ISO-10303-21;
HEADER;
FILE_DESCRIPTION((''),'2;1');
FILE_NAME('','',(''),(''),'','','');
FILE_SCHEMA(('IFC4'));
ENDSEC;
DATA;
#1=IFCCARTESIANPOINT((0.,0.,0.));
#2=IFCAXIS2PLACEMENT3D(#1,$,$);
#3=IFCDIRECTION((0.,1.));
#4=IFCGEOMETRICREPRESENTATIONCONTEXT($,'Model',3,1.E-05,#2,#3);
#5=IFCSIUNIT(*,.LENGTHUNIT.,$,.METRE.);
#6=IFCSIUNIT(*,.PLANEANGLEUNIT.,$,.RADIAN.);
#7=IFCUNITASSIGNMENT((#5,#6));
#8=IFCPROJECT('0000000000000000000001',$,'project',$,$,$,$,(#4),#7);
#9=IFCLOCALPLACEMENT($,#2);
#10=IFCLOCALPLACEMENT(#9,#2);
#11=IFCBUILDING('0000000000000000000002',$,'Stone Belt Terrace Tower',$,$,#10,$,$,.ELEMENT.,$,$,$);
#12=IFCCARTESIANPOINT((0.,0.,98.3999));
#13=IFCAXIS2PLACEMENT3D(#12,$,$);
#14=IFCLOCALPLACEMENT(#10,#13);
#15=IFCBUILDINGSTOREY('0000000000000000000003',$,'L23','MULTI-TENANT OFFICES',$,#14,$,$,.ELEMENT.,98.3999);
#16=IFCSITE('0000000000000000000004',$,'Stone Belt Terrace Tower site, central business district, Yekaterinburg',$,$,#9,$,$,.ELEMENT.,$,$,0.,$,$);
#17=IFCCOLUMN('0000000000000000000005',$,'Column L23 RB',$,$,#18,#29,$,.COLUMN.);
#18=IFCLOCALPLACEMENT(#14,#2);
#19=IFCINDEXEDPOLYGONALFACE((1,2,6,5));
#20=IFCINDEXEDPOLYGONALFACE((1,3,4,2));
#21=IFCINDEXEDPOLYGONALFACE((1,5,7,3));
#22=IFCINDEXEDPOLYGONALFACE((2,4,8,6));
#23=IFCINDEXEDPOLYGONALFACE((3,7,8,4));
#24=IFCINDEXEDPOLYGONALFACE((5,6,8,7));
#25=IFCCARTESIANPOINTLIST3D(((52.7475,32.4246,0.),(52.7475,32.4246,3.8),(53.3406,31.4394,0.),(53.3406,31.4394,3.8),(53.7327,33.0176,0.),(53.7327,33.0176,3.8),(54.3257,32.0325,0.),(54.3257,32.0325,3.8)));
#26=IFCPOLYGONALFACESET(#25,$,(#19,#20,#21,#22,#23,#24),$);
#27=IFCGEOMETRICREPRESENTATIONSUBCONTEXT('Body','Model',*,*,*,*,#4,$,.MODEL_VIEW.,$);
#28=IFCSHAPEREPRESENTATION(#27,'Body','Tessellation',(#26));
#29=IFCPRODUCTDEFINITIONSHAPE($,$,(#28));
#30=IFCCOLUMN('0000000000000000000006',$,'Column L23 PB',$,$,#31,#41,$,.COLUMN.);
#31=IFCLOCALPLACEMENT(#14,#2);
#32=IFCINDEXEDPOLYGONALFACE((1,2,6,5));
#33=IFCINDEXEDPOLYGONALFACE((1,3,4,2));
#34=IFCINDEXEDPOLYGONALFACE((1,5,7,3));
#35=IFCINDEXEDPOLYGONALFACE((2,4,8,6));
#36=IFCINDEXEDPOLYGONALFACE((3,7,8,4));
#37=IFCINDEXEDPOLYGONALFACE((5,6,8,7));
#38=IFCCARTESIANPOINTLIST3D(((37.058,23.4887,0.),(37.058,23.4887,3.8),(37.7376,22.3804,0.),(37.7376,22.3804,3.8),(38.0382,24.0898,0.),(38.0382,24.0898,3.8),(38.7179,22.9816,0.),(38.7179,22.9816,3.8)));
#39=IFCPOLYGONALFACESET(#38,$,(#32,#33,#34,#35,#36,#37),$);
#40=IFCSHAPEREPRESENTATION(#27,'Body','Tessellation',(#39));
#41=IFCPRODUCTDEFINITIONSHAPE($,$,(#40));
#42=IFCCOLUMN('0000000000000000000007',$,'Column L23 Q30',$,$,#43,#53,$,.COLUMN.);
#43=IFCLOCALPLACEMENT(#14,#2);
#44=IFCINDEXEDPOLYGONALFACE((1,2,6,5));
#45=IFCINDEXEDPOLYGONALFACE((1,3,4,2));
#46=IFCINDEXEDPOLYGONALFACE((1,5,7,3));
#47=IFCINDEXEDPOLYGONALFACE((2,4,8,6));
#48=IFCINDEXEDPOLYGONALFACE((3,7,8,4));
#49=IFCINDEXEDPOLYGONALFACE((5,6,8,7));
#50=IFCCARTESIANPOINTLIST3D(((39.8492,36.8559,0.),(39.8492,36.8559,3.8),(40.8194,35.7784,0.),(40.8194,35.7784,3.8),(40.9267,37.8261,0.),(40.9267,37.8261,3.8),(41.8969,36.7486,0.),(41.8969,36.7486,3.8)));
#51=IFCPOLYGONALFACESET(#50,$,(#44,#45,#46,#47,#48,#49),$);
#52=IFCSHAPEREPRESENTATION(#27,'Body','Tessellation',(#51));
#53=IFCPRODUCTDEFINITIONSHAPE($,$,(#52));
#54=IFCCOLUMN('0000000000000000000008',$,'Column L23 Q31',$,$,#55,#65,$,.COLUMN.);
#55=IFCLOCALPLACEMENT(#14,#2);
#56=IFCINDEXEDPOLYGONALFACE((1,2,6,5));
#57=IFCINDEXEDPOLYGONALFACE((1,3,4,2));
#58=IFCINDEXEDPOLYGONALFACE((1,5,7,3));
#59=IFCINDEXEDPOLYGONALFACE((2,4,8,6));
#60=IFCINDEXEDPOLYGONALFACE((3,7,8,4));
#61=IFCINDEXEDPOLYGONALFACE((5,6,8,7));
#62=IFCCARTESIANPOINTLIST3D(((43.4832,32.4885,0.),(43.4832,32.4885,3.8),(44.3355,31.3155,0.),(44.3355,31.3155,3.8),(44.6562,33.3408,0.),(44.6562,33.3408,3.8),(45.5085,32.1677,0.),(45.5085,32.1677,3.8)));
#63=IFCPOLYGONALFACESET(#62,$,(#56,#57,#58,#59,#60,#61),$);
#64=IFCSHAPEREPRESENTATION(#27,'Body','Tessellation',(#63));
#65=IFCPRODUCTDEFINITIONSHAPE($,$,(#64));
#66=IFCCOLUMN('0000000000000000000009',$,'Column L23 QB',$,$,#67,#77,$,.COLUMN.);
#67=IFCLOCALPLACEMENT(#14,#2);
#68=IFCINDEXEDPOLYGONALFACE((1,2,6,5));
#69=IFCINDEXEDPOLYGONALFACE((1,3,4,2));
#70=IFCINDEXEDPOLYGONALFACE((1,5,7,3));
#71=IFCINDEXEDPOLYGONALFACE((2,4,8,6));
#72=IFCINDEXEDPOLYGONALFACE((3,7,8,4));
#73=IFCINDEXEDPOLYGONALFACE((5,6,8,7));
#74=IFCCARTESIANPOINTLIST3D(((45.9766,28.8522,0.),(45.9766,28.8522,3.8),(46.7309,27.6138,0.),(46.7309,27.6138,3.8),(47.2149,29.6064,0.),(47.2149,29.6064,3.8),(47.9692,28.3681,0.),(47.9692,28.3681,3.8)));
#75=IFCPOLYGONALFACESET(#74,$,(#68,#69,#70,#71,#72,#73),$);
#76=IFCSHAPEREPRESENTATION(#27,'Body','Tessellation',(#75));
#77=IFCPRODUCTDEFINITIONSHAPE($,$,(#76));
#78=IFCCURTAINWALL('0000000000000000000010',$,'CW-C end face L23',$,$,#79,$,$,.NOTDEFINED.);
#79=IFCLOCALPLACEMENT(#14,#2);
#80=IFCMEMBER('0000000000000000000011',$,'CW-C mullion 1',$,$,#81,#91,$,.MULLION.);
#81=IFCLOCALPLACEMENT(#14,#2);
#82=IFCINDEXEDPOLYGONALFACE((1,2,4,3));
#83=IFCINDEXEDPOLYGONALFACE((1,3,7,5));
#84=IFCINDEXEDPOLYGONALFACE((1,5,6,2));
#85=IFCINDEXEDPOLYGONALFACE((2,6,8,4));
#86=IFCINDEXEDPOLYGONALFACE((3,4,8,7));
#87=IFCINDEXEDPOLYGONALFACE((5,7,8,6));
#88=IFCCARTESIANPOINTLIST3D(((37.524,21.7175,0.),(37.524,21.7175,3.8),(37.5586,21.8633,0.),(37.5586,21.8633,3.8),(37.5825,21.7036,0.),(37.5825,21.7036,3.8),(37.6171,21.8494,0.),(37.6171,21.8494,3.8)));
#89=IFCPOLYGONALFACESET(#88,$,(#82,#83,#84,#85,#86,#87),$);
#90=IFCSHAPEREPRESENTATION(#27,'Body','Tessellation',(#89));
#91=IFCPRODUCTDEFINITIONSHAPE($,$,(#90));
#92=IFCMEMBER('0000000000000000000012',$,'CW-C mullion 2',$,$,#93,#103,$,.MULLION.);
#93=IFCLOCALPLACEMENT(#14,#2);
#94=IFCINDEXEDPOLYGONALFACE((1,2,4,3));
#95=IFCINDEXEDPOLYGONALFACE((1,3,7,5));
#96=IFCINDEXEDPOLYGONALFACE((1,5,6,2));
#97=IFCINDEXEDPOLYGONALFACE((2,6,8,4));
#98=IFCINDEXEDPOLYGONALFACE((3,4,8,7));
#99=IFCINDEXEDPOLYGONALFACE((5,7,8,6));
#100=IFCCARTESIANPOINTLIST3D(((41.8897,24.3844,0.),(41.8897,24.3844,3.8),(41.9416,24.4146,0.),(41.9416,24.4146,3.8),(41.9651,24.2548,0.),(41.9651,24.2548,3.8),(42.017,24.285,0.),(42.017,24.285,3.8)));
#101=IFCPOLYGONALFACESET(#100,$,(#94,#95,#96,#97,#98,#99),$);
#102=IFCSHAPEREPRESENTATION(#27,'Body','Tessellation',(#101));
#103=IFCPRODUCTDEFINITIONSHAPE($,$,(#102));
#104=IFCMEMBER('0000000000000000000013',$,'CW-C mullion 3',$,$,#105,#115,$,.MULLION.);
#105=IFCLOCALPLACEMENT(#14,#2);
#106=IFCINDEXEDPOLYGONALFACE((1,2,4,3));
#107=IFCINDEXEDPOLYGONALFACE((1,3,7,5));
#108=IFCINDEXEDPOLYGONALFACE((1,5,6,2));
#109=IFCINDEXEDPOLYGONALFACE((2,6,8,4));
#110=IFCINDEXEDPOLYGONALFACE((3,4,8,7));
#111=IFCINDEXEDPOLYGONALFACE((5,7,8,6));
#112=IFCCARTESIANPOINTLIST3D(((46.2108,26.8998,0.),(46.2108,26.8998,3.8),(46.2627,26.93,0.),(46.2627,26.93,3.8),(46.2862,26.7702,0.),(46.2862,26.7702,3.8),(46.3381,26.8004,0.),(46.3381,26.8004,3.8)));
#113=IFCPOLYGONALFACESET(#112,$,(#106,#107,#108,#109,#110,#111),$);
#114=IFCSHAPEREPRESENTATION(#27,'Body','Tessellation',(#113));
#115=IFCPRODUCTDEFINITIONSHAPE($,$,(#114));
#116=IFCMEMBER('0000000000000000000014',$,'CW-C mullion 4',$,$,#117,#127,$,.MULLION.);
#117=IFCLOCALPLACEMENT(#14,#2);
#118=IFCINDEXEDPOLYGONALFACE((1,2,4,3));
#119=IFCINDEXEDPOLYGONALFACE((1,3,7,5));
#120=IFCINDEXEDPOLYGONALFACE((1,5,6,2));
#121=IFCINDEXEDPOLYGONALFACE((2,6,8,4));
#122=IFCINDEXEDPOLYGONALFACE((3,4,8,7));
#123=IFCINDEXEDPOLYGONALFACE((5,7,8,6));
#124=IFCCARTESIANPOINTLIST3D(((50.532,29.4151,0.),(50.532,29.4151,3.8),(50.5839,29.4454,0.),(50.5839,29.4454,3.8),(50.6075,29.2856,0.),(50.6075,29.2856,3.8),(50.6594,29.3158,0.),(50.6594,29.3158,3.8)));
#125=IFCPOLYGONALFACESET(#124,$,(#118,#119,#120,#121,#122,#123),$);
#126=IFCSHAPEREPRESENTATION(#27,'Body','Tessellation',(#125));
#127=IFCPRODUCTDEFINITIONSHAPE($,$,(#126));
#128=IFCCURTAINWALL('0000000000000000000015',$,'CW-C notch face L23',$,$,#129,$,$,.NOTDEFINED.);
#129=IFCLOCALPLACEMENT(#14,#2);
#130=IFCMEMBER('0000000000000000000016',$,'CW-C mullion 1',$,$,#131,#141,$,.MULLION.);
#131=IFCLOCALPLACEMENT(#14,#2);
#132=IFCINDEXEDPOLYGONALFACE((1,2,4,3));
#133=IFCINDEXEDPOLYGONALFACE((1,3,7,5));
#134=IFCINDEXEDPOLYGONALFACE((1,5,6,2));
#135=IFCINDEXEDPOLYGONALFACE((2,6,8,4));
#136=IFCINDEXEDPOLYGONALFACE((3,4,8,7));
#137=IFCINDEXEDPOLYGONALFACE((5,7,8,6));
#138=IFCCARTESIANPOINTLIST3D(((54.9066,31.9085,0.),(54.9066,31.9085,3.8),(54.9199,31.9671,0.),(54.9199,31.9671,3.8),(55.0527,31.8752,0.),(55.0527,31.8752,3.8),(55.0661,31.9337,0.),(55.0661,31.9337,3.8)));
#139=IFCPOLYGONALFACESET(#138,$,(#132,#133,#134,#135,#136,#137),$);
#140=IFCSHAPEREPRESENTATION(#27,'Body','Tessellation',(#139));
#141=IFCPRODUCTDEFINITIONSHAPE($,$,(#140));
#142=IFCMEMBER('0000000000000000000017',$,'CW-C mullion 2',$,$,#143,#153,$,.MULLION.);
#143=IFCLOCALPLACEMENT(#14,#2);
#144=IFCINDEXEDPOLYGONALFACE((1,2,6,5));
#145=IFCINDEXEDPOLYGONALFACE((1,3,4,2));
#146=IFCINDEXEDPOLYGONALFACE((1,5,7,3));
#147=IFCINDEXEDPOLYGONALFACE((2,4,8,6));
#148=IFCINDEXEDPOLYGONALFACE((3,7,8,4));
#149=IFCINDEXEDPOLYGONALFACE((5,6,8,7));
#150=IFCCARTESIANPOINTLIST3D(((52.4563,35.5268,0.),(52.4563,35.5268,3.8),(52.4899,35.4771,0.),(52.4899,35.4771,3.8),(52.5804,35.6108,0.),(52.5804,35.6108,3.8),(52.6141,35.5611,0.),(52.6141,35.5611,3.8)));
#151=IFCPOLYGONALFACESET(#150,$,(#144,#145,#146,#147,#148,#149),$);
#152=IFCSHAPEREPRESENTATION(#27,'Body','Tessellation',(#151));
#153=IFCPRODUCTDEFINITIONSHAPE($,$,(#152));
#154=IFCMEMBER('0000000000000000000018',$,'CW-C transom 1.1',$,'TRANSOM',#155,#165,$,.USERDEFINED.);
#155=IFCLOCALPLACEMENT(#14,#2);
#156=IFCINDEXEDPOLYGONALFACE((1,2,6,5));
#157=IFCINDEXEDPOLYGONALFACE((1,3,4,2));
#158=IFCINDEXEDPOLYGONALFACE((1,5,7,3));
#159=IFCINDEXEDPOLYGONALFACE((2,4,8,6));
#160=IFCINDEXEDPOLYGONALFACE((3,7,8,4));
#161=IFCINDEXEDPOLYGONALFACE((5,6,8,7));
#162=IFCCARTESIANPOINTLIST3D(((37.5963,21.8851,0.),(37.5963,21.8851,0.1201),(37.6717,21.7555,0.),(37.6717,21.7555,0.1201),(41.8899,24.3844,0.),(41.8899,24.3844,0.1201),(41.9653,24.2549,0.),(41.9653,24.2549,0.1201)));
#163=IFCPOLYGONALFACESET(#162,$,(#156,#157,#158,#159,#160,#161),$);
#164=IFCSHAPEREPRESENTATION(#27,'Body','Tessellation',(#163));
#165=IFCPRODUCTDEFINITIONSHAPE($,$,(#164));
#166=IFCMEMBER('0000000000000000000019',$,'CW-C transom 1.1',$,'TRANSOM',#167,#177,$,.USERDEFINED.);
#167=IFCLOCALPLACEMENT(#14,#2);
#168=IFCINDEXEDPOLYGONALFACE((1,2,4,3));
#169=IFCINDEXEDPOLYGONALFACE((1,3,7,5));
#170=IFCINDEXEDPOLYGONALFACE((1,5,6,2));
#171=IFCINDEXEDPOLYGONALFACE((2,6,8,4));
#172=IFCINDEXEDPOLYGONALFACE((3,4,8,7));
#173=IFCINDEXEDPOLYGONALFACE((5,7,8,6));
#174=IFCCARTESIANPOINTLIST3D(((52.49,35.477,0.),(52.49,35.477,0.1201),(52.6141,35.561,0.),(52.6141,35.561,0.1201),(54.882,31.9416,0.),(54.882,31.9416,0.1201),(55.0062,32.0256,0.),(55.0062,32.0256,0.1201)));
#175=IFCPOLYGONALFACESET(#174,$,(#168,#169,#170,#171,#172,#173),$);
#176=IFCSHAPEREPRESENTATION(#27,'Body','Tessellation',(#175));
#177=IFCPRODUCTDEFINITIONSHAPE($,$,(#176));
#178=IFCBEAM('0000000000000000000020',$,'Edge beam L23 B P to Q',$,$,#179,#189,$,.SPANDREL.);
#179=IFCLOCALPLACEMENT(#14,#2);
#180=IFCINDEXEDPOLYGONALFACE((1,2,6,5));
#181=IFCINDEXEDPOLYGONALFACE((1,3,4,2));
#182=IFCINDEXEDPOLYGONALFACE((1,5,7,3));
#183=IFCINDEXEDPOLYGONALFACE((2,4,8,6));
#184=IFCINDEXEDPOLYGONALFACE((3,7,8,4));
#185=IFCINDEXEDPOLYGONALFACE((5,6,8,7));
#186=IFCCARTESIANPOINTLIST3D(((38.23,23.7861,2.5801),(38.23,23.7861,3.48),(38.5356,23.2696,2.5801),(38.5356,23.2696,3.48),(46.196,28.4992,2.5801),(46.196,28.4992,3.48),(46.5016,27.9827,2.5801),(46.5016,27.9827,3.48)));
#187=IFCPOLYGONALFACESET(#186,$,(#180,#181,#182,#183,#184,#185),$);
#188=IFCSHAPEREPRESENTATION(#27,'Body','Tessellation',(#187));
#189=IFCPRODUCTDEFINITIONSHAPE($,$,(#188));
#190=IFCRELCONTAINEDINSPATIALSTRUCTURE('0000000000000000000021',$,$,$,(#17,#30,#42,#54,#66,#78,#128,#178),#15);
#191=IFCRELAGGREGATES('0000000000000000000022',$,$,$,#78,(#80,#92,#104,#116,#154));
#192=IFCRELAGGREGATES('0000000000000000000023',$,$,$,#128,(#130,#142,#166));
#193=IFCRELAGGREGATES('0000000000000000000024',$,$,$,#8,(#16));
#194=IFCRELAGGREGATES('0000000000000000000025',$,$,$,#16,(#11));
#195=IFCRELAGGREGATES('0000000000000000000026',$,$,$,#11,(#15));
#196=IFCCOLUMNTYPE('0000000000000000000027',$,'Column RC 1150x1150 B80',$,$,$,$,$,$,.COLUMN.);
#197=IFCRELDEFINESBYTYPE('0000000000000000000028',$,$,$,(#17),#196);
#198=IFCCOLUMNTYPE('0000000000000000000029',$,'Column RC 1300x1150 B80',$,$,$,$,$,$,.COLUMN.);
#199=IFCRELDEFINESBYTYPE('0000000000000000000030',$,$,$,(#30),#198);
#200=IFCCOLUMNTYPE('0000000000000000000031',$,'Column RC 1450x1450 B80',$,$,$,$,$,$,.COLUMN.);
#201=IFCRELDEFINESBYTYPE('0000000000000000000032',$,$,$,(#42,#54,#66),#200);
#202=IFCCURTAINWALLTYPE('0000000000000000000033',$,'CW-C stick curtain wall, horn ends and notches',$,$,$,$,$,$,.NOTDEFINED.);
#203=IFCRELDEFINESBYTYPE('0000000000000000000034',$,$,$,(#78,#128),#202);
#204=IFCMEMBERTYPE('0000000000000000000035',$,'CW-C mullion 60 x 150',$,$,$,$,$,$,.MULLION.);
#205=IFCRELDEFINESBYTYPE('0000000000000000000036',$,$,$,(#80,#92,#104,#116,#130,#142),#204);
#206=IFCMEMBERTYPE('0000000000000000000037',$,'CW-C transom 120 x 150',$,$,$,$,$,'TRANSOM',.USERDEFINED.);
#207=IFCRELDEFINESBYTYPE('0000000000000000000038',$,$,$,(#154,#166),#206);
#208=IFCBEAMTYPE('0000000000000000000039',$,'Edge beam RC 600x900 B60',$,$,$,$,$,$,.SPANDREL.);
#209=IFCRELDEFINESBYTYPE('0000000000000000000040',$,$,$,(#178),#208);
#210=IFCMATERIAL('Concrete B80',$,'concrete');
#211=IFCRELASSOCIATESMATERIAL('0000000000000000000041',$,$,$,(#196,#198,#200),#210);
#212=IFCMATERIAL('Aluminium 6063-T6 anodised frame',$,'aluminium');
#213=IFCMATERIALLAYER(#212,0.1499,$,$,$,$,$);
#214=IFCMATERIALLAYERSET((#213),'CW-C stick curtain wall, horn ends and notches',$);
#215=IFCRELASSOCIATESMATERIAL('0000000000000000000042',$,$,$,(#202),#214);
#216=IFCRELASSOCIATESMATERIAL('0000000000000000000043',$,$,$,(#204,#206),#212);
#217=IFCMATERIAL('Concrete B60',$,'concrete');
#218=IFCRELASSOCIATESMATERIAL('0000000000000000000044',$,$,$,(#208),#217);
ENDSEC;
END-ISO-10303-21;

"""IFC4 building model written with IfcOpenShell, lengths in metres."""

from ifc_helpers import new_model, si_unit, direction, frame, origin, origin_2d, place, context, subcontext, project, spatial, rectangle, extrude, material, layer, layer_set, material_profile, profile_set, type_object, element, aggregate, save


model = new_model("IFC4")

# Units and contexts
model_context = context("Model", 3, precision=1e-05, world=origin(), true_north=direction((0.0, 1.0)))
body_context = subcontext(model_context, "Body", "Model", "MODEL_VIEW")
ifc_project = project(units=[si_unit("LENGTHUNIT", "METRE"), si_unit("PLANEANGLEUNIT", "RADIAN")], contexts=[model_context])

# Site, building, storey
site_placement = place(None, origin())
site = spatial("IfcSite", under=ifc_project, at=site_placement, Name="Stone Belt Terrace Tower site, central business district, Yekaterinburg", CompositionType="ELEMENT", RefElevation=0.0)
building_placement = place(site_placement, origin())
building = spatial("IfcBuilding", under=site, at=building_placement, Name="Stone Belt Terrace Tower", CompositionType="ELEMENT")
storey_placement = place(building_placement, frame((0.0, 0.0, 98.3999)))
storey = spatial("IfcBuildingStorey", under=building, at=storey_placement, Name="L23", Description="MULTI-TENANT OFFICES", CompositionType="ELEMENT", Elevation=98.3999)

# Columns
ifc_material_1 = material(Name="Concrete B80", Category="concrete")
ifc_material_profile_1 = material_profile(ifc_material_1, rectangle(XDim=1.1499, YDim=1.1499, at=origin_2d()), Name="RC 1150x1150")
ifc_profile_set_1 = profile_set([ifc_material_profile_1], Name="Concrete B80")
column_type_1 = type_object("IfcColumnType", Name="Column RC 1150x1150 B80", PredefinedType="COLUMN", material=ifc_profile_set_1)
column_1_placement = place(storey_placement, frame((53.5366, 32.2285, 0.0), z_axis=(0.0, 0.0, 1.0), x_axis=(0.51575, -0.856739, 0.0)))
element("IfcColumn", 1, at=column_1_placement, inside=storey, type_object=column_type_1, Name="Column L23 RB", PredefinedType="COLUMN", context=body_context, shape_type="SweptSolid", body=[
    extrude(rectangle(XDim=1.1499, YDim=1.1499, at=origin_2d()), origin(), (0.0, 0.0, 1.0), 3.8),
])
ifc_material_profile_2 = material_profile(ifc_material_1, rectangle(XDim=1.3, YDim=1.1499, at=origin_2d()), Name="RC 1300x1150")
ifc_profile_set_2 = profile_set([ifc_material_profile_2], Name="Concrete B80")
column_type_2 = type_object("IfcColumnType", Name="Column RC 1300x1150 B80", PredefinedType="COLUMN", material=ifc_profile_set_2)
column_2_placement = place(storey_placement, frame((37.8879, 23.2351, 0.0), z_axis=(0.0, 0.0, 1.0), x_axis=(0.522781, -0.852467, 0.0)))
element("IfcColumn", 2, at=column_2_placement, inside=storey, type_object=column_type_2, Name="Column L23 PB", PredefinedType="COLUMN", context=body_context, shape_type="SweptSolid", body=[
    extrude(rectangle(XDim=1.3, YDim=1.1499, at=origin_2d()), origin(), (0.0, 0.0, 1.0), 3.8),
])
ifc_material_profile_3 = material_profile(ifc_material_1, rectangle(XDim=1.45, YDim=1.45, at=origin_2d()), Name="RC 1450x1450")
ifc_profile_set_3 = profile_set([ifc_material_profile_3], Name="Concrete B80")
column_type_3 = type_object("IfcColumnType", Name="Column RC 1450x1450 B80", PredefinedType="COLUMN", material=ifc_profile_set_3)
for number, where, z_axis, x_axis, name in (
    (3, (40.873, 36.8022, 0.0), (0.0, 0.0, 1.0), (0.669131, -0.743145, 0.0), "Column L23 Q30"),
    (4, (44.4958, 32.3281, 0.0), (0.0, 0.0, 1.0), (0.587785, -0.809017, 0.0), "Column L23 Q31"),
    (5, (46.9729, 28.6101, 0.0), (0.0, 0.0, 1.0), (0.520186, -0.854053, 0.0), "Column L23 QB"),
):
    element("IfcColumn", number, at=place(storey_placement, frame(where, z_axis=z_axis, x_axis=x_axis)), inside=storey, type_object=column_type_3, Name=name, PredefinedType="COLUMN", context=body_context, shape_type="SweptSolid", body=[
        extrude(rectangle(XDim=1.45, YDim=1.45, at=origin_2d()), origin(), (0.0, 0.0, 1.0), 3.8),
    ])

# Curtain walls, members
ifc_material_2 = material(Name="Aluminium 6063-T6 anodised frame", Category="aluminium")
ifc_layer_1 = layer(ifc_material_2, 0.1499)
ifc_layer_set_1 = layer_set([ifc_layer_1], Name="CW-C stick curtain wall, horn ends and notches")
curtain_wall_type_1 = type_object("IfcCurtainWallType", Name="CW-C stick curtain wall, horn ends and notches", PredefinedType="NOTDEFINED", material=ifc_layer_set_1)
curtain_wall_1_placement = place(storey_placement, origin())
curtain_wall_1 = element("IfcCurtainWall", 6, at=curtain_wall_1_placement, inside=storey, type_object=curtain_wall_type_1, Name="CW-C end face L23", PredefinedType="NOTDEFINED")
ifc_material_profile_4 = material_profile(ifc_material_2, rectangle(XDim=0.1499, YDim=0.0601, at=origin_2d()), Name="Aluminium 6063-T6 60x150")
ifc_profile_set_4 = profile_set([ifc_material_profile_4], Name="Aluminium 6063-T6 anodised frame")
member_type_1 = type_object("IfcMemberType", Name="CW-C mullion 60 x 150", PredefinedType="MULLION", material=ifc_profile_set_4)
member_1_placement = place(storey_placement, frame((37.5706, 21.7834, 0.0), z_axis=(0.0, 0.0, 1.0), x_axis=(0.230847, 0.97299, 0.0)))
member_1 = element("IfcMember", 7, at=member_1_placement, type_object=member_type_1, Name="CW-C mullion 1", PredefinedType="MULLION", context=body_context, shape_type="SweptSolid", body=[
    extrude(rectangle(XDim=0.1499, YDim=0.0601, at=origin_2d()), origin(), (0.0, 0.0, 1.0), 3.8),
])
member_2_placement = place(storey_placement, frame((41.9534, 24.3347, 0.0), z_axis=(0.0, 0.0, 1.0), x_axis=(-0.503081, 0.864239, 0.0)))
member_2 = element("IfcMember", 8, at=member_2_placement, type_object=member_type_1, Name="CW-C mullion 2", PredefinedType="MULLION", context=body_context, shape_type="SweptSolid", body=[
    extrude(rectangle(XDim=0.1499, YDim=0.0601, at=origin_2d()), origin(), (0.0, 0.0, 1.0), 3.8),
])
member_3_placement = place(storey_placement, frame((46.2744, 26.8501, 0.0), z_axis=(0.0, 0.0, 1.0), x_axis=(-0.503081, 0.864239, 0.0)))
member_3 = element("IfcMember", 9, at=member_3_placement, type_object=member_type_1, Name="CW-C mullion 3", PredefinedType="MULLION", context=body_context, shape_type="SweptSolid", body=[
    extrude(rectangle(XDim=0.1499, YDim=0.0601, at=origin_2d()), origin(), (0.0, 0.0, 1.0), 3.8),
])
member_4_placement = place(storey_placement, frame((50.5957, 29.3655, 0.0), z_axis=(0.0, 0.0, 1.0), x_axis=(-0.503081, 0.864239, 0.0)))
member_4 = element("IfcMember", 10, at=member_4_placement, type_object=member_type_1, Name="CW-C mullion 4", PredefinedType="MULLION", context=body_context, shape_type="SweptSolid", body=[
    extrude(rectangle(XDim=0.1499, YDim=0.0601, at=origin_2d()), origin(), (0.0, 0.0, 1.0), 3.8),
])
curtain_wall_2_placement = place(storey_placement, origin())
curtain_wall_2 = element("IfcCurtainWall", 11, at=curtain_wall_2_placement, inside=storey, type_object=curtain_wall_type_1, Name="CW-C notch face L23", PredefinedType="NOTDEFINED")
member_5_placement = place(storey_placement, frame((54.9863, 31.9211, 0.0), z_axis=(0.0, 0.0, 1.0), x_axis=(-0.974927, 0.222525, 0.0)))
member_5 = element("IfcMember", 12, at=member_5_placement, type_object=member_type_1, Name="CW-C mullion 1", PredefinedType="MULLION", context=body_context, shape_type="SweptSolid", body=[
    extrude(rectangle(XDim=0.1499, YDim=0.0601, at=origin_2d()), origin(), (0.0, 0.0, 1.0), 3.8),
])
member_6_placement = place(storey_placement, frame((52.5352, 35.5439, 0.0), z_axis=(0.0, 0.0, 1.0), x_axis=(-0.828244, -0.560367, 0.0)))
member_6 = element("IfcMember", 13, at=member_6_placement, type_object=member_type_1, Name="CW-C mullion 2", PredefinedType="MULLION", context=body_context, shape_type="SweptSolid", body=[
    extrude(rectangle(XDim=0.1499, YDim=0.0601, at=origin_2d()), origin(), (0.0, 0.0, 1.0), 3.8),
])

# Members
ifc_material_profile_5 = material_profile(ifc_material_2, rectangle(XDim=0.1499, YDim=0.1201, at=origin_2d()), Name="Aluminium 6063-T6 150x120")
ifc_profile_set_5 = profile_set([ifc_material_profile_5], Name="Aluminium 6063-T6 anodised frame")
member_type_2 = type_object("IfcMemberType", Name="CW-C transom 120 x 150", ElementType="TRANSOM", PredefinedType="USERDEFINED", material=ifc_profile_set_5)
member_7_placement = place(storey_placement, frame((37.634, 21.8203, 0.0601), z_axis=(0.864238, 0.503082, 0.0), x_axis=(-0.503082, 0.864238, 0.0)))
member_7 = element("IfcMember", 14, at=member_7_placement, type_object=member_type_2, Name="CW-C transom 1.1", ObjectType="TRANSOM", PredefinedType="USERDEFINED", context=body_context, shape_type="SweptSolid", body=[
    extrude(rectangle(XDim=0.1499, YDim=0.1201, at=origin_2d()), origin(), (0.0, 0.0, 1.0), 4.968),
])
member_8_placement = place(storey_placement, frame((54.9441, 31.9836, 0.0601), z_axis=(-0.560389, 0.82823, 0.0), x_axis=(-0.82823, -0.560389, 0.0)))
member_8 = element("IfcMember", 15, at=member_8_placement, type_object=member_type_2, Name="CW-C transom 1.1", ObjectType="TRANSOM", PredefinedType="USERDEFINED", context=body_context, shape_type="SweptSolid", body=[
    extrude(rectangle(XDim=0.1499, YDim=0.1201, at=origin_2d()), origin(), (0.0, 0.0, 1.0), 4.2686),
])

# Beam
ifc_material_3 = material(Name="Concrete B60", Category="concrete")
ifc_material_profile_6 = material_profile(ifc_material_3, rectangle(XDim=0.6001, YDim=0.8999, at=origin_2d()), Name="RC 600x900")
ifc_profile_set_6 = profile_set([ifc_material_profile_6], Name="Concrete B60")
beam_type = type_object("IfcBeamType", Name="Edge beam RC 600x900 B60", PredefinedType="SPANDREL", material=ifc_profile_set_6)
beam_1_placement = place(storey_placement, frame((38.3828, 23.5278, 3.03), z_axis=(0.860647, 0.509203, 0.0), x_axis=(-0.509203, 0.860647, 0.0)))
element("IfcBeam", 16, at=beam_1_placement, inside=storey, type_object=beam_type, Name="Edge beam L23 B P to Q", PredefinedType="SPANDREL", context=body_context, shape_type="SweptSolid", body=[
    extrude(rectangle(XDim=0.6001, YDim=0.8999, at=origin_2d()), origin(), (0.0, 0.0, 1.0), 9.2559),
])

aggregate(curtain_wall_1, [member_1, member_2, member_3, member_4, member_7])
aggregate(curtain_wall_2, [member_5, member_6, member_8])

save(model, "model.ifc")
